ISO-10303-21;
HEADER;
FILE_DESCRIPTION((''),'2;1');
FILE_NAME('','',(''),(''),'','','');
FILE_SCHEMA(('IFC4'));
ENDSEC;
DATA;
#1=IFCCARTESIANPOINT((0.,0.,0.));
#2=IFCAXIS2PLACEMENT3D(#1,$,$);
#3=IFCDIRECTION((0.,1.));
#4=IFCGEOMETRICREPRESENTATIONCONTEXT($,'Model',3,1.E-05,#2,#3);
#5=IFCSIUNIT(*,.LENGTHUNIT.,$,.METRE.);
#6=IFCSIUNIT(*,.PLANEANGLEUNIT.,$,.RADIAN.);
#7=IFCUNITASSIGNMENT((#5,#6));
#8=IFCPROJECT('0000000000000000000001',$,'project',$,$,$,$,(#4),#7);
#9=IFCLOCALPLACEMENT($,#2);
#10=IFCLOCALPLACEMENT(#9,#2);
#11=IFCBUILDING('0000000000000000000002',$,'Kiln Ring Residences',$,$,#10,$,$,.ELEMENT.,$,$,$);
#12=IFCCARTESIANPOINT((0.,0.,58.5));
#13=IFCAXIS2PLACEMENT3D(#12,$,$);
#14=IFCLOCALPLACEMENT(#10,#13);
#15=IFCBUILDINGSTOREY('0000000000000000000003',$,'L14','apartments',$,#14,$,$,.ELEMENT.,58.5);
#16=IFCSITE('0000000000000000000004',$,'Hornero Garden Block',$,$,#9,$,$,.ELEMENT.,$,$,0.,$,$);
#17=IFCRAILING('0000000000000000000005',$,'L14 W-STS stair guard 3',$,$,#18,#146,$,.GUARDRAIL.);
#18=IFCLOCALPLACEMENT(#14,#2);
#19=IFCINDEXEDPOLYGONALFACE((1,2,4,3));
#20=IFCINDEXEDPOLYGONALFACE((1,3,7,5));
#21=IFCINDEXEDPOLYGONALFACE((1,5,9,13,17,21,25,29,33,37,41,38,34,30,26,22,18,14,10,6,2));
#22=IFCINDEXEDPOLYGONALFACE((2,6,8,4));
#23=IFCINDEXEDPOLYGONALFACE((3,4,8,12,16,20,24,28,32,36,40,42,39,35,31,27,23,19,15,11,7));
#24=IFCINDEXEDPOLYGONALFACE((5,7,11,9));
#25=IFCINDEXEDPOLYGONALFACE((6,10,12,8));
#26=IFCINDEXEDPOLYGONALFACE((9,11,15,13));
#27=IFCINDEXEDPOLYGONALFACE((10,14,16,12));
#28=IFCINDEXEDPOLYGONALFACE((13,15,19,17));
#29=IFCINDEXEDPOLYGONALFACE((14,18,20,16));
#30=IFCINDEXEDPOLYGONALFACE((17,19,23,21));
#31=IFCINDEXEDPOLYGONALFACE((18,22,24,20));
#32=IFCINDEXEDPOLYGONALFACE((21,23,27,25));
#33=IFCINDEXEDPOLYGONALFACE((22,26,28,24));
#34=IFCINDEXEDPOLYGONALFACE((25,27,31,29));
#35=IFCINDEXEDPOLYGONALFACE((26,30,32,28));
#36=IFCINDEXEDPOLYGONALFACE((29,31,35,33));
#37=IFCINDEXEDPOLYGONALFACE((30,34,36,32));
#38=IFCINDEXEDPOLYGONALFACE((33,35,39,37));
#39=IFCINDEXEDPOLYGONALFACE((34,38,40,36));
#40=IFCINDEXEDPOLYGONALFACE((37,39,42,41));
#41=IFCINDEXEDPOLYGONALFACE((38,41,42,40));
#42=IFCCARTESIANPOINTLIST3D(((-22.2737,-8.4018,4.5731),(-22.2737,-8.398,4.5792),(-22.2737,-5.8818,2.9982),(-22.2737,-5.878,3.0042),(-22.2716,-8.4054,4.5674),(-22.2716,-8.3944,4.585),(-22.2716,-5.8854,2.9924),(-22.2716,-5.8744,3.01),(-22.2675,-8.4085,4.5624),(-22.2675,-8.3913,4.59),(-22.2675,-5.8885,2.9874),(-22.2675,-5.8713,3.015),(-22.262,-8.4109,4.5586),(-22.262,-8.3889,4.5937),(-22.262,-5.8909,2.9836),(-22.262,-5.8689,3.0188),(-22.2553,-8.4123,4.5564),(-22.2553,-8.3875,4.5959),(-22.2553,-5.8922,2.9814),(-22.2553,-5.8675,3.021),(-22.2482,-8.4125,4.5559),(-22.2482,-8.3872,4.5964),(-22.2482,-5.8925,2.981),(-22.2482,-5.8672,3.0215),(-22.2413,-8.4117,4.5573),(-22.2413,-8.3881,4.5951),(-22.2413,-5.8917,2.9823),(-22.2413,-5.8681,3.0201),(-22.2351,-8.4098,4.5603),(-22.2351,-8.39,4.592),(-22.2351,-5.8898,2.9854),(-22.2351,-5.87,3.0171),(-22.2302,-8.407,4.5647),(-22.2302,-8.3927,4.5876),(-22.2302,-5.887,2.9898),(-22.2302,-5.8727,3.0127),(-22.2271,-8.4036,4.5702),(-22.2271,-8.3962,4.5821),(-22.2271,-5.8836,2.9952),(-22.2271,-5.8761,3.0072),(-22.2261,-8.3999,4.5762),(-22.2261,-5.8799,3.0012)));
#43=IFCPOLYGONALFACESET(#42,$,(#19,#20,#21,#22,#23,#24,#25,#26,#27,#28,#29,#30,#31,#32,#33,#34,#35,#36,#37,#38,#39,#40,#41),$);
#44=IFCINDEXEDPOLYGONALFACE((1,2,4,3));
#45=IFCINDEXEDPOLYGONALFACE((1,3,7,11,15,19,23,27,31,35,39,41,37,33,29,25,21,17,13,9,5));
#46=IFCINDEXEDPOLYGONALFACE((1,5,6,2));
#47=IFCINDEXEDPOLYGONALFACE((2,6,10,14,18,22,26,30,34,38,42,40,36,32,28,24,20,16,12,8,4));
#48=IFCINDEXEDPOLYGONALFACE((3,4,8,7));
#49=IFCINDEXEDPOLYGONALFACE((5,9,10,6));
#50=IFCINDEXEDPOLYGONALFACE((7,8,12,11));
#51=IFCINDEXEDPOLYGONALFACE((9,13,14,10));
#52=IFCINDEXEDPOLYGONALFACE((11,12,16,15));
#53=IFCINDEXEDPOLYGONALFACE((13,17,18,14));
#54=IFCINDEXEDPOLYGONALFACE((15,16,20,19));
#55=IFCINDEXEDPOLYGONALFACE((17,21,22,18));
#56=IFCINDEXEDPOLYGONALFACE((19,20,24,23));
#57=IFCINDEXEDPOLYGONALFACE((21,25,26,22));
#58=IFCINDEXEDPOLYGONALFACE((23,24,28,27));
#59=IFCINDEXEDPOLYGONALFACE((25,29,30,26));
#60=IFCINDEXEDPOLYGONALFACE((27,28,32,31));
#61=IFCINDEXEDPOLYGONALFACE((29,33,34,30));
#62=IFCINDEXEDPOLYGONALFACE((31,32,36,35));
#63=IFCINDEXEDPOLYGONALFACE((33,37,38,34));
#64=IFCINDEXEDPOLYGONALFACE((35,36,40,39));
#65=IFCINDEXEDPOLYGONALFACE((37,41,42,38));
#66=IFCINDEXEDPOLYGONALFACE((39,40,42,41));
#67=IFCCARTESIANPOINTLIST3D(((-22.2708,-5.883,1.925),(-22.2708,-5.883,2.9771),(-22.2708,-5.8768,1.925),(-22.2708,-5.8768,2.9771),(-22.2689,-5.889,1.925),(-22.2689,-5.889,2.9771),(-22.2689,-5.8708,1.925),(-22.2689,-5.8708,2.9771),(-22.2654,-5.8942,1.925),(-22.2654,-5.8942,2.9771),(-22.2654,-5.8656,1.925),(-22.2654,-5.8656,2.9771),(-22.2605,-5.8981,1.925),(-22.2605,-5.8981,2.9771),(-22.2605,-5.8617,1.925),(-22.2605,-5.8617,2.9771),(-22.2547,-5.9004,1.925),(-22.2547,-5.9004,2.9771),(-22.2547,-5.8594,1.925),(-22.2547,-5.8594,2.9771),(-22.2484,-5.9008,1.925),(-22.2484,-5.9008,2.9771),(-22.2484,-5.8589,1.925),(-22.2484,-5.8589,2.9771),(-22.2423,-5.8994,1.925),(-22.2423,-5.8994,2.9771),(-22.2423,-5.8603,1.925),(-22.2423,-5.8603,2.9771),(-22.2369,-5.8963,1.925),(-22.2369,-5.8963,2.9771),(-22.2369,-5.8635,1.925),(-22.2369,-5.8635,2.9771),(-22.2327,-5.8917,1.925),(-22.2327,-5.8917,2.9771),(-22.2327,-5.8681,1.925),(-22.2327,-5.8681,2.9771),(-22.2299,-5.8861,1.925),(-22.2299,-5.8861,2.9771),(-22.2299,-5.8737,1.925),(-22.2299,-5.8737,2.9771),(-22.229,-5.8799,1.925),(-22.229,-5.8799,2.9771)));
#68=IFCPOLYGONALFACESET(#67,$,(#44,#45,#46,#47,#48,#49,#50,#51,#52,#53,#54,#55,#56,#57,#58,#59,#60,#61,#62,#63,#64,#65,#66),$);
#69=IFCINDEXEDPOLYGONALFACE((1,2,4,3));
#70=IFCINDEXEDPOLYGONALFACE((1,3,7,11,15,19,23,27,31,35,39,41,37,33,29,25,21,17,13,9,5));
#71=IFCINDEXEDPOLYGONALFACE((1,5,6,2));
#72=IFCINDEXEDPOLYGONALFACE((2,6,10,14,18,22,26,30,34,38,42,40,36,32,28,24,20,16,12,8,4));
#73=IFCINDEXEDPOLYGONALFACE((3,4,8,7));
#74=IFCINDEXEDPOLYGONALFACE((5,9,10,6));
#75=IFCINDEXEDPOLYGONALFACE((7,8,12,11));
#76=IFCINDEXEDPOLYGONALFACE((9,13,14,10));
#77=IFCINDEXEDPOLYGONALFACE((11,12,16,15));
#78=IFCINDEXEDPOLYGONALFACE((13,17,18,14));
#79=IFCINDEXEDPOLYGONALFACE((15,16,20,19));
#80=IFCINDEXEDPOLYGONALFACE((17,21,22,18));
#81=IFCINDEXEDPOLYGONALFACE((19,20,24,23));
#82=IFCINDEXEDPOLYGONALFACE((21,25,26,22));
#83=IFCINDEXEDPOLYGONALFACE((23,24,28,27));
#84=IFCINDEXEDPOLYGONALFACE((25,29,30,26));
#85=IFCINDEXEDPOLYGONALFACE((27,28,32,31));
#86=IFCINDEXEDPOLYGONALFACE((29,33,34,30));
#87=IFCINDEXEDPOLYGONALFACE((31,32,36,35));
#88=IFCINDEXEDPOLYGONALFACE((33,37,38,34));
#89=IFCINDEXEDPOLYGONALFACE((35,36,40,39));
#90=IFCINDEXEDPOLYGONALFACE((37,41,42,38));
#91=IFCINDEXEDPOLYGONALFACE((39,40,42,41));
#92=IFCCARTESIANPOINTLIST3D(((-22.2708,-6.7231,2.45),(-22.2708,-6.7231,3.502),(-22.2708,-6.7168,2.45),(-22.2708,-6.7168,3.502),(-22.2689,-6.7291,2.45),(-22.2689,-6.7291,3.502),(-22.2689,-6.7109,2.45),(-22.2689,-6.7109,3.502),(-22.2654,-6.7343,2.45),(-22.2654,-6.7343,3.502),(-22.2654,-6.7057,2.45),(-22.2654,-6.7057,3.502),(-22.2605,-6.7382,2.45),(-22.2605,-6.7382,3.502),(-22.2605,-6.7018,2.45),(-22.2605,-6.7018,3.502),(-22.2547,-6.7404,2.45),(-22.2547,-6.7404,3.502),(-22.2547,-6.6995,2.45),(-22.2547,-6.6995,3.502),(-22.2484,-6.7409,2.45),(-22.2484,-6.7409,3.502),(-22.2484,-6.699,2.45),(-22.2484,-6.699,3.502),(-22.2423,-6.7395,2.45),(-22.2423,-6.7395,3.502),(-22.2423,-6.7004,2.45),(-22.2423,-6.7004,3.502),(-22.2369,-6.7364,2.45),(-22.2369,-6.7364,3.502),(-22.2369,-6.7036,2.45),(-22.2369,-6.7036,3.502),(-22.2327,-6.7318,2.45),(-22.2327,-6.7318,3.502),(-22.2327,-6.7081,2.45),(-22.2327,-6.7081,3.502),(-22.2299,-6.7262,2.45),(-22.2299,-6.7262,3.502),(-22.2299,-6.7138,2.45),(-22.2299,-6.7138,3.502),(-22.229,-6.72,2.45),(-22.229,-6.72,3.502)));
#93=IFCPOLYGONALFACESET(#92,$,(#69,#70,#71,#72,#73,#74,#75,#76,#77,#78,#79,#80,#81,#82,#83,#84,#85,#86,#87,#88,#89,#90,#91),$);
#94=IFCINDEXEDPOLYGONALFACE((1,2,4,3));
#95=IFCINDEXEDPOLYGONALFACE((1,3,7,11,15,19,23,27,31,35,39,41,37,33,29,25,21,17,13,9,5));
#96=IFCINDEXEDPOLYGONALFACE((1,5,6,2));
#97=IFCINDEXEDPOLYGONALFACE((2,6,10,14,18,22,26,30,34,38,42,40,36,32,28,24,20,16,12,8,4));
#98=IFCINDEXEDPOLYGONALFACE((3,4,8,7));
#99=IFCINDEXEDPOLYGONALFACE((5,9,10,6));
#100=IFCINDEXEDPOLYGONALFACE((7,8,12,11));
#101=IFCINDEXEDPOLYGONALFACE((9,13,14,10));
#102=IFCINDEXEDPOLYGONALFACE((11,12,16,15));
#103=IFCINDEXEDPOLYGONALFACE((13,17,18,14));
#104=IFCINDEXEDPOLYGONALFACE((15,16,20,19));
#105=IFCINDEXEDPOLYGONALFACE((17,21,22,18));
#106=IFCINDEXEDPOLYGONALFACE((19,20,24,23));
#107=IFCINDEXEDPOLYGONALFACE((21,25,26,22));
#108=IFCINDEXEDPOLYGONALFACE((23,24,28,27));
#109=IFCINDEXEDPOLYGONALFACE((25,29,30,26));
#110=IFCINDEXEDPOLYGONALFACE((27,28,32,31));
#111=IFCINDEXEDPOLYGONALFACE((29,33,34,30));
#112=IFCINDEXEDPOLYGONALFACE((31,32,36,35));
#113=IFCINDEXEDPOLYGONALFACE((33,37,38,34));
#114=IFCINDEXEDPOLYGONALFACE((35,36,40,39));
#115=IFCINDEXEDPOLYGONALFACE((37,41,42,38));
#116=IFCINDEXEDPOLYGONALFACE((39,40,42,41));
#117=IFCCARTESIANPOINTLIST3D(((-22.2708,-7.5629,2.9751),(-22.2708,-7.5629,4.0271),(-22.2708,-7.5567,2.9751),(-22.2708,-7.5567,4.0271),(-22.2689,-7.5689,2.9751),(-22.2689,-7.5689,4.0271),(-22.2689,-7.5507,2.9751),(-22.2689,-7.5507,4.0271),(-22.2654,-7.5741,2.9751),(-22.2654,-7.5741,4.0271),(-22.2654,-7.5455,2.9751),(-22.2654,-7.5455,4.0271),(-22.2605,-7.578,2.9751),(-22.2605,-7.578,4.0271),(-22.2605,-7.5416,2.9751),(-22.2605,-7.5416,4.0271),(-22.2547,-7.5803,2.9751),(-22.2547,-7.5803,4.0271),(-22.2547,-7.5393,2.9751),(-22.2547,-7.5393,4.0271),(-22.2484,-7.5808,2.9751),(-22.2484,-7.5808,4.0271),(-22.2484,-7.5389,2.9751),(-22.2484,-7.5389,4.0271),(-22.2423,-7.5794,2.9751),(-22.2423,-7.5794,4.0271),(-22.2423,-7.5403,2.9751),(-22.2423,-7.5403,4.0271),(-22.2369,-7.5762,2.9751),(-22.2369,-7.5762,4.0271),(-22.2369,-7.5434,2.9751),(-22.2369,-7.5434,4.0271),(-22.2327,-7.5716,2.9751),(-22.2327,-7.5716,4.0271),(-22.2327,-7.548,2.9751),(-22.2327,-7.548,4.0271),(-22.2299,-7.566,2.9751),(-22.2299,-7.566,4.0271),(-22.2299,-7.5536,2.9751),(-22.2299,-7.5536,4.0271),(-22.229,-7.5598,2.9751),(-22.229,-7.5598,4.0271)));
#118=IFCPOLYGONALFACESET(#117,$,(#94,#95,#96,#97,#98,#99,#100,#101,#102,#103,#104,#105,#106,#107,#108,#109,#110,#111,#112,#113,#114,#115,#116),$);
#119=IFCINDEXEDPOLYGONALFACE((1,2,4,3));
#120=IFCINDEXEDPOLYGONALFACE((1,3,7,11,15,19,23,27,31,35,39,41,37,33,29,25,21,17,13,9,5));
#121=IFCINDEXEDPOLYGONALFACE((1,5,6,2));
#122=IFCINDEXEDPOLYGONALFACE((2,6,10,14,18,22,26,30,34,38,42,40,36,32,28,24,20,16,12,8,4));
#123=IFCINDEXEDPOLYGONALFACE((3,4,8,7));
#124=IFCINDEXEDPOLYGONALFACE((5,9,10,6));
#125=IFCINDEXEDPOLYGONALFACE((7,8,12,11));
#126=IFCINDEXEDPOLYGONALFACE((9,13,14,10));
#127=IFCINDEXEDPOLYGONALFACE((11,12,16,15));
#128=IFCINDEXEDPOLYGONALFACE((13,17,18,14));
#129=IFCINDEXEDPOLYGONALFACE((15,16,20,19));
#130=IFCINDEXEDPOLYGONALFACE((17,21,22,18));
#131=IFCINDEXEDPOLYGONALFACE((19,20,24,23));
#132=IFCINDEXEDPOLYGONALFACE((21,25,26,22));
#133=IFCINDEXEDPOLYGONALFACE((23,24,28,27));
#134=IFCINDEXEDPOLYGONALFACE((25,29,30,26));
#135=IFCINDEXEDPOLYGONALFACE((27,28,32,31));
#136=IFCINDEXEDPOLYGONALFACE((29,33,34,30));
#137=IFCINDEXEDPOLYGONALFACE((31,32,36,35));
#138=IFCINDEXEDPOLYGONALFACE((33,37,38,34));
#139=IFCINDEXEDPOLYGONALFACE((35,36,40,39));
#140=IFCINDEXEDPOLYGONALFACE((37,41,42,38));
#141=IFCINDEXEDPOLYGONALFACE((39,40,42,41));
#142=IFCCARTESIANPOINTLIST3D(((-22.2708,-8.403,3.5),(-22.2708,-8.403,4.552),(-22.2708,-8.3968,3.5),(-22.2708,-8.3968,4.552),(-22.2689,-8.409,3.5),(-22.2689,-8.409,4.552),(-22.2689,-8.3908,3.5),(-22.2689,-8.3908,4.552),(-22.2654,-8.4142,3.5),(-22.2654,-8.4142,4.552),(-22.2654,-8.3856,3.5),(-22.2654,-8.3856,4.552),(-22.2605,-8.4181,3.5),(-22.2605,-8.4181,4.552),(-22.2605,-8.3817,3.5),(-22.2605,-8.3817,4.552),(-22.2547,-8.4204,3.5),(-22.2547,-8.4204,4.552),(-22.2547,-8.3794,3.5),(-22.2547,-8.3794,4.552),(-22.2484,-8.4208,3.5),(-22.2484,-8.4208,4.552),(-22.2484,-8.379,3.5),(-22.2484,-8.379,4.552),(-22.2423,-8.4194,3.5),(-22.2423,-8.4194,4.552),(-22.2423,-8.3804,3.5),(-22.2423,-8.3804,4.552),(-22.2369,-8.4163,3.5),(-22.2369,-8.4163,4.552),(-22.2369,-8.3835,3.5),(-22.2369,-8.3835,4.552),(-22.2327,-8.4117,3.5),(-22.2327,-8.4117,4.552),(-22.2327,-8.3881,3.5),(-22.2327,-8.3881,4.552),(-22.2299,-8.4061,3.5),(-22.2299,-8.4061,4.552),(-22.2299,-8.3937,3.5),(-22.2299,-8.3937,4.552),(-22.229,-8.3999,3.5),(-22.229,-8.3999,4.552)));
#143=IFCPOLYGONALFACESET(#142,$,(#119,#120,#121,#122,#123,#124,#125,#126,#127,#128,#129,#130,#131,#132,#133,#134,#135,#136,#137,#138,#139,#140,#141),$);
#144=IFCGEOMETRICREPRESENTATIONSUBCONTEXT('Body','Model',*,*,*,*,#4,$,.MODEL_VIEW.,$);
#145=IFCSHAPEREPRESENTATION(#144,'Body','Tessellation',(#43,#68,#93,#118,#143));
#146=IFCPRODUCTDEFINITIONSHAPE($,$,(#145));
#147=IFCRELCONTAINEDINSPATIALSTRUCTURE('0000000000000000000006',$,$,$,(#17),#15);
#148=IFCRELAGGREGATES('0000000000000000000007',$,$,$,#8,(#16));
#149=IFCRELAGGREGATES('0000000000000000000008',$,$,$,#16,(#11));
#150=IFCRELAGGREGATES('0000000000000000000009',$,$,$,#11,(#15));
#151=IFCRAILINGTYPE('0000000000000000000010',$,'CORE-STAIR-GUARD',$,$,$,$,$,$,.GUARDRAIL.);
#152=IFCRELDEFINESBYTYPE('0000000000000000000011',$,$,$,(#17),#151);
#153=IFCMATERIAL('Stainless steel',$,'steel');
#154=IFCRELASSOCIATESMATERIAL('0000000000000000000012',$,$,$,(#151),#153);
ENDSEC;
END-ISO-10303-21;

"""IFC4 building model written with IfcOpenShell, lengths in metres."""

from ifc_helpers import new_model, si_unit, direction, frame, origin, origin_2d, place, context, subcontext, project, spatial, circle, extrude, material, type_object, element, save


model = new_model("IFC4")

# Units and contexts
model_context = context("Model", 3, precision=1e-05, world=origin(), true_north=direction((0.0, 1.0)))
body_context = subcontext(model_context, "Body", "Model", "MODEL_VIEW")
ifc_project = project(units=[si_unit("LENGTHUNIT", "METRE"), si_unit("PLANEANGLEUNIT", "RADIAN")], contexts=[model_context])

# Site, building, storey
site_placement = place(None, origin())
site = spatial("IfcSite", under=ifc_project, at=site_placement, Name="Hornero Garden Block", CompositionType="ELEMENT", RefElevation=0.0)
building_placement = place(site_placement, origin())
building = spatial("IfcBuilding", under=site, at=building_placement, Name="Kiln Ring Residences", CompositionType="ELEMENT")
storey_placement = place(building_placement, frame((0.0, 0.0, 58.5)))
storey = spatial("IfcBuildingStorey", under=building, at=storey_placement, Name="L14", Description="apartments", CompositionType="ELEMENT", Elevation=58.5)

# Railing
ifc_material_1 = material(Name="Stainless steel", Category="steel")
railing_type_1 = type_object("IfcRailingType", Name="CORE-STAIR-GUARD", PredefinedType="GUARDRAIL", material=ifc_material_1)
railing_1_placement = place(storey_placement, frame((-22.25, -5.8799, 1.925)))
element("IfcRailing", 1, at=railing_1_placement, inside=storey, type_object=railing_type_1, Name="L14 W-STS stair guard 3", PredefinedType="GUARDRAIL", context=body_context, shape_type="SweptSolid", body=[
    extrude(circle(Radius=0.0239, at=origin_2d()), frame((0.0, 0.0, 1.0762), z_axis=(0.0, -0.848008, 0.529984), x_axis=(1.0, 0.0, 0.0)), (0.0, 0.0, 1.0), 2.9717),
    extrude(circle(Radius=0.021, at=origin_2d()), origin(), (0.0, 0.0, 1.0), 1.052),
    extrude(circle(Radius=0.021, at=origin_2d()), frame((0.0, -0.8401, 0.5249)), (0.0, 0.0, 1.0), 1.052),
    extrude(circle(Radius=0.021, at=origin_2d()), frame((0.0, -1.6799, 1.05)), (0.0, 0.0, 1.0), 1.052),
    extrude(circle(Radius=0.021, at=origin_2d()), frame((0.0, -2.52, 1.575)), (0.0, 0.0, 1.0), 1.052),
])

save(model, "model.ifc")
